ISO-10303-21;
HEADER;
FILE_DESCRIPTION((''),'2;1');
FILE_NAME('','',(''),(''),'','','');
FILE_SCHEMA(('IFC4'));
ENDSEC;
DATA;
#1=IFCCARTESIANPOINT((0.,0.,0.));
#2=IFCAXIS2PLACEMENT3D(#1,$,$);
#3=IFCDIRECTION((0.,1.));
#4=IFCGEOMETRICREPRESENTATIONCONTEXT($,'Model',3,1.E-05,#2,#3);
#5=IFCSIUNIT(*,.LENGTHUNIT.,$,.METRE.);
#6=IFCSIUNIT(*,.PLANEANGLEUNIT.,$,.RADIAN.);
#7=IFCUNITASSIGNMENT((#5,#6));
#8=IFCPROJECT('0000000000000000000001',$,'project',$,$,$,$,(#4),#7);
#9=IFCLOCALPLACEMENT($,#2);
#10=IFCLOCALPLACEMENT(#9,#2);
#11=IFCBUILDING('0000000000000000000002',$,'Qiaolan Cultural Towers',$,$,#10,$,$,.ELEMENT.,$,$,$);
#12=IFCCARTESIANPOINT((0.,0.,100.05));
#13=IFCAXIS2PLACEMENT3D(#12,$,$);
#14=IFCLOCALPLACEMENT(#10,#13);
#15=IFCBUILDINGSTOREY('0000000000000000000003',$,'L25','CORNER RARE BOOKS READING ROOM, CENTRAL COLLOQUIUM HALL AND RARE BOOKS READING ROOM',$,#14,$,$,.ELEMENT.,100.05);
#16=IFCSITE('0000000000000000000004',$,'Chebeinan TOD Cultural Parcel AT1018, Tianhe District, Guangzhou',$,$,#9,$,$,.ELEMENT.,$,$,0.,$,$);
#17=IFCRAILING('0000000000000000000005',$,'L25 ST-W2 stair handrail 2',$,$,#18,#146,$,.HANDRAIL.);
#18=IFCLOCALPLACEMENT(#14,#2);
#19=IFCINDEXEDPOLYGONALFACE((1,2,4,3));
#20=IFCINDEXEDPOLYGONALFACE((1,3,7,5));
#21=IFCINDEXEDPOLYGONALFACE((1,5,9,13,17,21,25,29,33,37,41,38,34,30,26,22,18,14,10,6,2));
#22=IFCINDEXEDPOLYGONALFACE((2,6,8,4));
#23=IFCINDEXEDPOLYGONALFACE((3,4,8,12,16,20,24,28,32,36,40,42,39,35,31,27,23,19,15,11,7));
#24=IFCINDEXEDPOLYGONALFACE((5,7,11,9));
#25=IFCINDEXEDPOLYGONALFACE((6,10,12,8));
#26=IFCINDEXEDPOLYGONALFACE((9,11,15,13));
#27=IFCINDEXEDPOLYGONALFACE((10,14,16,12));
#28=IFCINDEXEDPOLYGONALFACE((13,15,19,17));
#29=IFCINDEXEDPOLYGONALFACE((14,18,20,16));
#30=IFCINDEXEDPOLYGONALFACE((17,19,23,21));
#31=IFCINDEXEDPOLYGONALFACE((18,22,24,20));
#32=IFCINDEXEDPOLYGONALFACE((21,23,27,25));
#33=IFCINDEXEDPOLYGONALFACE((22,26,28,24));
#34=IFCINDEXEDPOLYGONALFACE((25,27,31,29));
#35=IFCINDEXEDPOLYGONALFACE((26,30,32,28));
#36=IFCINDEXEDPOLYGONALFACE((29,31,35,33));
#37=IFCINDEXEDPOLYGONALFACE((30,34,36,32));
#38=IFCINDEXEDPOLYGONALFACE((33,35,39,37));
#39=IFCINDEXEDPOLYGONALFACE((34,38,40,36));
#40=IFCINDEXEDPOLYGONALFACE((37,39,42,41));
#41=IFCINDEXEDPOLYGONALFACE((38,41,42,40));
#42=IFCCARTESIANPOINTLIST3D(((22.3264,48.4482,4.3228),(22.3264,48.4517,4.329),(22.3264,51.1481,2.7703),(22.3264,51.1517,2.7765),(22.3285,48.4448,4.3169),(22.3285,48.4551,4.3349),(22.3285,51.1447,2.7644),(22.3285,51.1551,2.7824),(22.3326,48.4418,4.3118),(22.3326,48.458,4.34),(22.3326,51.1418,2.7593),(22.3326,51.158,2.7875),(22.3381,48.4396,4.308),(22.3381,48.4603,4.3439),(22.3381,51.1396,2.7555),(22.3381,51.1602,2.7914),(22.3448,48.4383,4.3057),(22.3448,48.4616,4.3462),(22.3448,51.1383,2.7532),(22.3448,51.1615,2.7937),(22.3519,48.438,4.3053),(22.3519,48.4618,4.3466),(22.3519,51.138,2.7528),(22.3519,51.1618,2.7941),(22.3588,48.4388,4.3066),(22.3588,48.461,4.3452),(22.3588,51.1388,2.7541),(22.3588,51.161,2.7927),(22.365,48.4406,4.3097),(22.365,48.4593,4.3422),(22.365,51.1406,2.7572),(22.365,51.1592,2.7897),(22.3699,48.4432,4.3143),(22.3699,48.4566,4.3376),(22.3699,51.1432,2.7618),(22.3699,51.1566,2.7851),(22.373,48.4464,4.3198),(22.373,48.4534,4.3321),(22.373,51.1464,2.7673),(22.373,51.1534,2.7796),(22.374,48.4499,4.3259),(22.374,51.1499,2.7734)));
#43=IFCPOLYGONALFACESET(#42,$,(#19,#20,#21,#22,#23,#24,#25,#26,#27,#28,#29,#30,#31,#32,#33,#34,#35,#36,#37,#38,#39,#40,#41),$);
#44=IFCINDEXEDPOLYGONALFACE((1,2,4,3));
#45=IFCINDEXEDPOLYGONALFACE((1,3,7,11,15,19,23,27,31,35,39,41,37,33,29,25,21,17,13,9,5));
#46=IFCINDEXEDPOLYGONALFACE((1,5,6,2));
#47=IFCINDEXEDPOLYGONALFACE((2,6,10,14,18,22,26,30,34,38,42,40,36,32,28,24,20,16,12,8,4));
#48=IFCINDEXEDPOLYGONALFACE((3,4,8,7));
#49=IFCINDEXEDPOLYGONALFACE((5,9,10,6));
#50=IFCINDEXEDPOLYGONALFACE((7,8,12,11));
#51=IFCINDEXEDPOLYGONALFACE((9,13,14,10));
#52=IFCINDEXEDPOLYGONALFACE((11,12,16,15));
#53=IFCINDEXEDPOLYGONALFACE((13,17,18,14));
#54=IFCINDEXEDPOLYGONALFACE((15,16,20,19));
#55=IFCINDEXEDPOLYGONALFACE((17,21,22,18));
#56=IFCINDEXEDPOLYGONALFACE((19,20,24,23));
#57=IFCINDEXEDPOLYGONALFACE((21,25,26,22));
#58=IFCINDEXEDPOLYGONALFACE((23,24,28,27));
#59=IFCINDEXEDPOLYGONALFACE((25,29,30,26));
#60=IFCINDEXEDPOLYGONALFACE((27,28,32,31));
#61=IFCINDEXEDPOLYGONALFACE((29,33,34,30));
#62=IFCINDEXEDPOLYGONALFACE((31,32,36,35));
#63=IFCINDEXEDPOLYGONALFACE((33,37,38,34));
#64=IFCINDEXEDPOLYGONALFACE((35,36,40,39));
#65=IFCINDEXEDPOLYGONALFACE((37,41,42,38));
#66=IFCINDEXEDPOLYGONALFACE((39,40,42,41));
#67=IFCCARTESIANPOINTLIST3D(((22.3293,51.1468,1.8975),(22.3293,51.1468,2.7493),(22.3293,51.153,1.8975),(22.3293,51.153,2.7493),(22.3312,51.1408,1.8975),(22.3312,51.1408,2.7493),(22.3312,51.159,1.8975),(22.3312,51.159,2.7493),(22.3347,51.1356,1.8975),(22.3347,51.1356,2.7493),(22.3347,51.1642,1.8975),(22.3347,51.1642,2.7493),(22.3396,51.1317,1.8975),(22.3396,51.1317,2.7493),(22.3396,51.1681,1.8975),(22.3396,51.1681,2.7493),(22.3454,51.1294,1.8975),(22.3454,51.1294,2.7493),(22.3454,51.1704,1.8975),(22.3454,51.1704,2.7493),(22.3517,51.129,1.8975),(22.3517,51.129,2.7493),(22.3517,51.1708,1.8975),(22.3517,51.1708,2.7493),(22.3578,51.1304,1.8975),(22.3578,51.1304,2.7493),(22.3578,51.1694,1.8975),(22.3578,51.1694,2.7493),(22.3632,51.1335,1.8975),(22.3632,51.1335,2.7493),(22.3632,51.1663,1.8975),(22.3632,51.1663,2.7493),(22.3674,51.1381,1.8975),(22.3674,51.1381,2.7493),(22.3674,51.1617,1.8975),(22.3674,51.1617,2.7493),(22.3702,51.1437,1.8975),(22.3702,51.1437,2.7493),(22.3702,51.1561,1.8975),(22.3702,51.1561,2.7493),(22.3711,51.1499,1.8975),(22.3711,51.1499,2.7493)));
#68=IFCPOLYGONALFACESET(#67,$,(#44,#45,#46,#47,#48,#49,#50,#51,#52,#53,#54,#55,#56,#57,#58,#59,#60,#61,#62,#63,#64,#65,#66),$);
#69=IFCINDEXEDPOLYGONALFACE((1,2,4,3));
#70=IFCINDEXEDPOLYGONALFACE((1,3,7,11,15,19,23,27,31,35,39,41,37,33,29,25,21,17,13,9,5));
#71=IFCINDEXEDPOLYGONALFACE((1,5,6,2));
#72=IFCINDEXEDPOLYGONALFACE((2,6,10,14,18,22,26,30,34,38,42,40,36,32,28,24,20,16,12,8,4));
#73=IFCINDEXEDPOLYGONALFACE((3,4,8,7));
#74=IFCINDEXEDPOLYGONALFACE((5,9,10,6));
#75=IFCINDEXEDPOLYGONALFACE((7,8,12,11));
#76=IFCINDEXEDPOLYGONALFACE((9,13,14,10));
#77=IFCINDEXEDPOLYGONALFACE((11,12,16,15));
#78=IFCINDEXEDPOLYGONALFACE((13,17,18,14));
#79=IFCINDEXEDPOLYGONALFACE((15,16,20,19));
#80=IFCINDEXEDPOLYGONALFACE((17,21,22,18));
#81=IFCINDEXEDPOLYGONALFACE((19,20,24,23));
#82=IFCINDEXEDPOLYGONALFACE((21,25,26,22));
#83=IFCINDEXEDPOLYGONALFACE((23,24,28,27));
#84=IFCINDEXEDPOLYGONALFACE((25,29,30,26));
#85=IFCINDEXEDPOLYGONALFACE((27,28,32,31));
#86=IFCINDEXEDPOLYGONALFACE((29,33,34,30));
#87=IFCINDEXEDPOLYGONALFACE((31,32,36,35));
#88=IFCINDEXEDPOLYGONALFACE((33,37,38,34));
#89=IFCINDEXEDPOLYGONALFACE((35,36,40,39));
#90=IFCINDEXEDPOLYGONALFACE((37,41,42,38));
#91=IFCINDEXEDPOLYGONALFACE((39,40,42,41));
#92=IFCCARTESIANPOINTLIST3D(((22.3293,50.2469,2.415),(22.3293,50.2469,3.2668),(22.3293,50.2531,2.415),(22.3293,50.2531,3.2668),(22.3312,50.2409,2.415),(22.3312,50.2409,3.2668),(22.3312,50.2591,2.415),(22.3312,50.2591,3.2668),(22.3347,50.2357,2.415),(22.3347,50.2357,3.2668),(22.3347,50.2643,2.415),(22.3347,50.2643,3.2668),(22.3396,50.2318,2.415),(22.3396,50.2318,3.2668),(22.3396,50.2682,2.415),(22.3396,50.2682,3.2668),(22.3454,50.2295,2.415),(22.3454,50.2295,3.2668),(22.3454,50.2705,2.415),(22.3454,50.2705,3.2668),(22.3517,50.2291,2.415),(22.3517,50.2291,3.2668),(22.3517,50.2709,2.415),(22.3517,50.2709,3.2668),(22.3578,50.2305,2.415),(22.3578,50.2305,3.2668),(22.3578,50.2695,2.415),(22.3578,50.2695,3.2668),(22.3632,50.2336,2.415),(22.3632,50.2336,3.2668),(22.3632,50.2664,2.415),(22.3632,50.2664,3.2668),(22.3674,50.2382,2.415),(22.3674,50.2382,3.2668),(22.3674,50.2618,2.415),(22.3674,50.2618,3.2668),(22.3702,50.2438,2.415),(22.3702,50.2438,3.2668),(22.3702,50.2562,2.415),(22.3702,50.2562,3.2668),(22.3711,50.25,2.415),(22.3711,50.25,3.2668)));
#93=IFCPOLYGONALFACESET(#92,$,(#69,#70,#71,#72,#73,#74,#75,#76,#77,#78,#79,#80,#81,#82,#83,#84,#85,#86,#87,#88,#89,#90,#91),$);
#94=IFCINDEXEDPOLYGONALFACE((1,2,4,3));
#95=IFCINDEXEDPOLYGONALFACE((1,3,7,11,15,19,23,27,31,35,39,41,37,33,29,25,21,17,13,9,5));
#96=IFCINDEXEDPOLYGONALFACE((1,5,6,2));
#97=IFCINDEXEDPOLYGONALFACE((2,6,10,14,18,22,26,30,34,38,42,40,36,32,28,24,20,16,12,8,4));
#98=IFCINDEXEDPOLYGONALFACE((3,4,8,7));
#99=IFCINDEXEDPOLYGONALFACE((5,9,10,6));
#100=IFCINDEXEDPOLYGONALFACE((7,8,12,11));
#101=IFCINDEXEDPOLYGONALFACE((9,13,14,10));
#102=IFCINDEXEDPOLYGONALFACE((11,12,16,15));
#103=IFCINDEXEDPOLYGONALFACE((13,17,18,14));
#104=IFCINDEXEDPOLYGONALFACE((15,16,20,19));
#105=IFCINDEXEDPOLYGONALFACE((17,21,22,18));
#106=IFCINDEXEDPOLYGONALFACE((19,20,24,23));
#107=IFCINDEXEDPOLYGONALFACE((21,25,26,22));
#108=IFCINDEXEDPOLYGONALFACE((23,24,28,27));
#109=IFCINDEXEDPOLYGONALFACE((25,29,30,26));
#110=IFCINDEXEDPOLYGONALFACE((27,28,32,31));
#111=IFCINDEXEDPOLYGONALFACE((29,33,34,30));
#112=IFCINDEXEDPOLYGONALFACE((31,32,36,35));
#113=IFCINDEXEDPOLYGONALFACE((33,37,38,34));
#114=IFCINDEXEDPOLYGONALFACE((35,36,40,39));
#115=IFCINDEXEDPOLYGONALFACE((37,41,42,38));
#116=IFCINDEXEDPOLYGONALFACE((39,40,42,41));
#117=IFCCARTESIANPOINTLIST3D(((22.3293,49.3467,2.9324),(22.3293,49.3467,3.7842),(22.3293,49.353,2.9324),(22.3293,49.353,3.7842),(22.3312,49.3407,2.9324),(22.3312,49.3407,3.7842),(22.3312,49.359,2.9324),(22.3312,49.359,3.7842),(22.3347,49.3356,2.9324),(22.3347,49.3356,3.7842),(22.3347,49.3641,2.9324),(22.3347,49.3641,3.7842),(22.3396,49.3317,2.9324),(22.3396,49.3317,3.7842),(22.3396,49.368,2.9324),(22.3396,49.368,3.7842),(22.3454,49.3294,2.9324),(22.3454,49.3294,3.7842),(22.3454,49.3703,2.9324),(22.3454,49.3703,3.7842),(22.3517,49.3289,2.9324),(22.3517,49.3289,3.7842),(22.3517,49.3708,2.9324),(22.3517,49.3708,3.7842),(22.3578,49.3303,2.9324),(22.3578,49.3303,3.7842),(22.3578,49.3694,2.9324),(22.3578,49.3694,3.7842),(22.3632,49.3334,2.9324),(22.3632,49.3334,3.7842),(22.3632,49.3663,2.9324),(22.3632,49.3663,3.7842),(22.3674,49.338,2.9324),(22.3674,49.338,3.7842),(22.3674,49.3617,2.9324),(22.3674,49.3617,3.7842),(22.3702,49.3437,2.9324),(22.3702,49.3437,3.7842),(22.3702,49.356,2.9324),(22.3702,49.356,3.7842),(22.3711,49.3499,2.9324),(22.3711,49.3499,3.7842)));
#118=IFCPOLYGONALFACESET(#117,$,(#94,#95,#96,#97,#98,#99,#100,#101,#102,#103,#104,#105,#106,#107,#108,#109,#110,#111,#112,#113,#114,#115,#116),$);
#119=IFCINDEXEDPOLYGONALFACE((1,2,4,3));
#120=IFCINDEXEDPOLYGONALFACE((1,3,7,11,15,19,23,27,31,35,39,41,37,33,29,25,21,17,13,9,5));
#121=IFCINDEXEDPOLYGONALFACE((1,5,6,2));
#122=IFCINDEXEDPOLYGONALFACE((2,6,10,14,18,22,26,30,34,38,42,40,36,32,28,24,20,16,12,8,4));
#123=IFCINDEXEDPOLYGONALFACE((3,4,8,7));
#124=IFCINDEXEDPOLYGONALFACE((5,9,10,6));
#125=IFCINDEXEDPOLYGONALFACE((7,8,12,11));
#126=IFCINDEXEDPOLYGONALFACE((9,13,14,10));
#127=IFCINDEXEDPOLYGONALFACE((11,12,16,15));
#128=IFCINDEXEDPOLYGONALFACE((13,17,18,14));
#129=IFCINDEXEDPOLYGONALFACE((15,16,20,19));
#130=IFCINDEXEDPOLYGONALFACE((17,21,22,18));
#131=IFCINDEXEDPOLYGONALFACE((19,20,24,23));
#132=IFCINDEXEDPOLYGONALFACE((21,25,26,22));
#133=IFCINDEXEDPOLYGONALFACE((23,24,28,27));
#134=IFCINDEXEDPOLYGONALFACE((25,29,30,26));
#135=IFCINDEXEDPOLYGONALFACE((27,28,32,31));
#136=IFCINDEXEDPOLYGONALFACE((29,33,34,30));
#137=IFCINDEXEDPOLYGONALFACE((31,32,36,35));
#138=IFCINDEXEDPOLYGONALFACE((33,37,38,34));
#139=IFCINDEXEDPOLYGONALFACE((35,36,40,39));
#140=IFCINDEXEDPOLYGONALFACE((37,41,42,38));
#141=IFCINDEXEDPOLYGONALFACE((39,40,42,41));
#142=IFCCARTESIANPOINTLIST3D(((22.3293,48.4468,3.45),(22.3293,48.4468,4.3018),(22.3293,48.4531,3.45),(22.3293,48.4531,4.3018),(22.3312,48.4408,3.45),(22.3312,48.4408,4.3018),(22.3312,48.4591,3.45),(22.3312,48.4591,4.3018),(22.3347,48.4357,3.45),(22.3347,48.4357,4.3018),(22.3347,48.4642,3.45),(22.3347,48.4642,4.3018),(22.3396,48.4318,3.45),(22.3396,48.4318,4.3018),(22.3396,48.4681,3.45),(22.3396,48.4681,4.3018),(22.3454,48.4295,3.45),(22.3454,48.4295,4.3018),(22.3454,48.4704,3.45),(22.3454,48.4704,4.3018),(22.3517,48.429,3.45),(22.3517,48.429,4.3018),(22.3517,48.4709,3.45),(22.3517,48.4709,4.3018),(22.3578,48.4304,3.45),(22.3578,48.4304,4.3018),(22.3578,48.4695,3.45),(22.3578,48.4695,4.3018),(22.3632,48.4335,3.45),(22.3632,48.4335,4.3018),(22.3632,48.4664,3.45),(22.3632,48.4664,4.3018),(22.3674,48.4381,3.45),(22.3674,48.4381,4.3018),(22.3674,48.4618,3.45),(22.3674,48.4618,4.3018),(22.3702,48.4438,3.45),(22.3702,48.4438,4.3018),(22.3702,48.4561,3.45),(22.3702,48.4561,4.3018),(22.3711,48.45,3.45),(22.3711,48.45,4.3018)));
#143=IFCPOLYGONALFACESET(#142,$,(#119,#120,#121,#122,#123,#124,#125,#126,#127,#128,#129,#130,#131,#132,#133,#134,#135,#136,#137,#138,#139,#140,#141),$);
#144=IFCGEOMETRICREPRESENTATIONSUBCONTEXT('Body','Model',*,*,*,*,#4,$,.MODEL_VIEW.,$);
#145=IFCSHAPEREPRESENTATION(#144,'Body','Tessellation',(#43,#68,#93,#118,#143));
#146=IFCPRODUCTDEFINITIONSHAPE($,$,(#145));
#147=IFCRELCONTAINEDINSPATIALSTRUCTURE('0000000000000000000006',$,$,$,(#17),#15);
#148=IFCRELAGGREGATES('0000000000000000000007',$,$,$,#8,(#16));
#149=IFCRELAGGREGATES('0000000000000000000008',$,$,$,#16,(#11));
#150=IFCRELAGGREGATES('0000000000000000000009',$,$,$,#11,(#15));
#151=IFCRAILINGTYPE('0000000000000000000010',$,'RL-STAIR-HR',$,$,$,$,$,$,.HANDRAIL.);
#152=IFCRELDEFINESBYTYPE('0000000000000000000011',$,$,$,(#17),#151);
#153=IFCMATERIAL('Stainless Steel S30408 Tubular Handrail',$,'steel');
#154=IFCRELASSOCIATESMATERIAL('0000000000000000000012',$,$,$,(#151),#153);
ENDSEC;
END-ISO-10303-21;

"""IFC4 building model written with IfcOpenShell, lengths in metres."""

from ifc_helpers import new_model, si_unit, direction, frame, origin, origin_2d, place, context, subcontext, project, spatial, circle, extrude, material, type_object, element, save


model = new_model("IFC4")

# Units and contexts
model_context = context("Model", 3, precision=1e-05, world=origin(), true_north=direction((0.0, 1.0)))
body_context = subcontext(model_context, "Body", "Model", "MODEL_VIEW")
ifc_project = project(units=[si_unit("LENGTHUNIT", "METRE"), si_unit("PLANEANGLEUNIT", "RADIAN")], contexts=[model_context])

# Site, building, storey
site_placement = place(None, origin())
site = spatial("IfcSite", under=ifc_project, at=site_placement, Name="Chebeinan TOD Cultural Parcel AT1018, Tianhe District, Guangzhou", CompositionType="ELEMENT", RefElevation=0.0)
building_placement = place(site_placement, origin())
building = spatial("IfcBuilding", under=site, at=building_placement, Name="Qiaolan Cultural Towers", CompositionType="ELEMENT")
storey_placement = place(building_placement, frame((0.0, 0.0, 100.05)))
storey = spatial("IfcBuildingStorey", under=building, at=storey_placement, Name="L25", Description="CORNER RARE BOOKS READING ROOM, CENTRAL COLLOQUIUM HALL AND RARE BOOKS READING ROOM", CompositionType="ELEMENT", Elevation=100.05)

# Railing
ifc_material_1 = material(Name="Stainless Steel S30408 Tubular Handrail", Category="steel")
railing_type_1 = type_object("IfcRailingType", Name="RL-STAIR-HR", PredefinedType="HANDRAIL", material=ifc_material_1)
railing_1_placement = place(storey_placement, frame((22.3501, 51.1499, 1.8975)))
element("IfcRailing", 1, at=railing_1_placement, inside=storey, type_object=railing_type_1, Name="L25 ST-W2 stair handrail 2", PredefinedType="HANDRAIL", context=body_context, shape_type="SweptSolid", body=[
    extrude(circle(Radius=0.0239, at=origin_2d()), frame((0.0, 0.0, 0.876), z_axis=(0.0, -0.866904, 0.498476), x_axis=(1.0, 0.0, 0.0)), (0.0, 0.0, 1.0), 3.1145),
    extrude(circle(Radius=0.021, at=origin_2d()), origin(), (0.0, 0.0, 1.0), 0.8518),
    extrude(circle(Radius=0.021, at=origin_2d()), frame((0.0, -0.8999, 0.5176)), (0.0, 0.0, 1.0), 0.8518),
    extrude(circle(Radius=0.021, at=origin_2d()), frame((0.0, -1.8, 1.0349)), (0.0, 0.0, 1.0), 0.8518),
    extrude(circle(Radius=0.021, at=origin_2d()), frame((0.0, -2.7, 1.5525)), (0.0, 0.0, 1.0), 0.8518),
])

save(model, "model.ifc")
